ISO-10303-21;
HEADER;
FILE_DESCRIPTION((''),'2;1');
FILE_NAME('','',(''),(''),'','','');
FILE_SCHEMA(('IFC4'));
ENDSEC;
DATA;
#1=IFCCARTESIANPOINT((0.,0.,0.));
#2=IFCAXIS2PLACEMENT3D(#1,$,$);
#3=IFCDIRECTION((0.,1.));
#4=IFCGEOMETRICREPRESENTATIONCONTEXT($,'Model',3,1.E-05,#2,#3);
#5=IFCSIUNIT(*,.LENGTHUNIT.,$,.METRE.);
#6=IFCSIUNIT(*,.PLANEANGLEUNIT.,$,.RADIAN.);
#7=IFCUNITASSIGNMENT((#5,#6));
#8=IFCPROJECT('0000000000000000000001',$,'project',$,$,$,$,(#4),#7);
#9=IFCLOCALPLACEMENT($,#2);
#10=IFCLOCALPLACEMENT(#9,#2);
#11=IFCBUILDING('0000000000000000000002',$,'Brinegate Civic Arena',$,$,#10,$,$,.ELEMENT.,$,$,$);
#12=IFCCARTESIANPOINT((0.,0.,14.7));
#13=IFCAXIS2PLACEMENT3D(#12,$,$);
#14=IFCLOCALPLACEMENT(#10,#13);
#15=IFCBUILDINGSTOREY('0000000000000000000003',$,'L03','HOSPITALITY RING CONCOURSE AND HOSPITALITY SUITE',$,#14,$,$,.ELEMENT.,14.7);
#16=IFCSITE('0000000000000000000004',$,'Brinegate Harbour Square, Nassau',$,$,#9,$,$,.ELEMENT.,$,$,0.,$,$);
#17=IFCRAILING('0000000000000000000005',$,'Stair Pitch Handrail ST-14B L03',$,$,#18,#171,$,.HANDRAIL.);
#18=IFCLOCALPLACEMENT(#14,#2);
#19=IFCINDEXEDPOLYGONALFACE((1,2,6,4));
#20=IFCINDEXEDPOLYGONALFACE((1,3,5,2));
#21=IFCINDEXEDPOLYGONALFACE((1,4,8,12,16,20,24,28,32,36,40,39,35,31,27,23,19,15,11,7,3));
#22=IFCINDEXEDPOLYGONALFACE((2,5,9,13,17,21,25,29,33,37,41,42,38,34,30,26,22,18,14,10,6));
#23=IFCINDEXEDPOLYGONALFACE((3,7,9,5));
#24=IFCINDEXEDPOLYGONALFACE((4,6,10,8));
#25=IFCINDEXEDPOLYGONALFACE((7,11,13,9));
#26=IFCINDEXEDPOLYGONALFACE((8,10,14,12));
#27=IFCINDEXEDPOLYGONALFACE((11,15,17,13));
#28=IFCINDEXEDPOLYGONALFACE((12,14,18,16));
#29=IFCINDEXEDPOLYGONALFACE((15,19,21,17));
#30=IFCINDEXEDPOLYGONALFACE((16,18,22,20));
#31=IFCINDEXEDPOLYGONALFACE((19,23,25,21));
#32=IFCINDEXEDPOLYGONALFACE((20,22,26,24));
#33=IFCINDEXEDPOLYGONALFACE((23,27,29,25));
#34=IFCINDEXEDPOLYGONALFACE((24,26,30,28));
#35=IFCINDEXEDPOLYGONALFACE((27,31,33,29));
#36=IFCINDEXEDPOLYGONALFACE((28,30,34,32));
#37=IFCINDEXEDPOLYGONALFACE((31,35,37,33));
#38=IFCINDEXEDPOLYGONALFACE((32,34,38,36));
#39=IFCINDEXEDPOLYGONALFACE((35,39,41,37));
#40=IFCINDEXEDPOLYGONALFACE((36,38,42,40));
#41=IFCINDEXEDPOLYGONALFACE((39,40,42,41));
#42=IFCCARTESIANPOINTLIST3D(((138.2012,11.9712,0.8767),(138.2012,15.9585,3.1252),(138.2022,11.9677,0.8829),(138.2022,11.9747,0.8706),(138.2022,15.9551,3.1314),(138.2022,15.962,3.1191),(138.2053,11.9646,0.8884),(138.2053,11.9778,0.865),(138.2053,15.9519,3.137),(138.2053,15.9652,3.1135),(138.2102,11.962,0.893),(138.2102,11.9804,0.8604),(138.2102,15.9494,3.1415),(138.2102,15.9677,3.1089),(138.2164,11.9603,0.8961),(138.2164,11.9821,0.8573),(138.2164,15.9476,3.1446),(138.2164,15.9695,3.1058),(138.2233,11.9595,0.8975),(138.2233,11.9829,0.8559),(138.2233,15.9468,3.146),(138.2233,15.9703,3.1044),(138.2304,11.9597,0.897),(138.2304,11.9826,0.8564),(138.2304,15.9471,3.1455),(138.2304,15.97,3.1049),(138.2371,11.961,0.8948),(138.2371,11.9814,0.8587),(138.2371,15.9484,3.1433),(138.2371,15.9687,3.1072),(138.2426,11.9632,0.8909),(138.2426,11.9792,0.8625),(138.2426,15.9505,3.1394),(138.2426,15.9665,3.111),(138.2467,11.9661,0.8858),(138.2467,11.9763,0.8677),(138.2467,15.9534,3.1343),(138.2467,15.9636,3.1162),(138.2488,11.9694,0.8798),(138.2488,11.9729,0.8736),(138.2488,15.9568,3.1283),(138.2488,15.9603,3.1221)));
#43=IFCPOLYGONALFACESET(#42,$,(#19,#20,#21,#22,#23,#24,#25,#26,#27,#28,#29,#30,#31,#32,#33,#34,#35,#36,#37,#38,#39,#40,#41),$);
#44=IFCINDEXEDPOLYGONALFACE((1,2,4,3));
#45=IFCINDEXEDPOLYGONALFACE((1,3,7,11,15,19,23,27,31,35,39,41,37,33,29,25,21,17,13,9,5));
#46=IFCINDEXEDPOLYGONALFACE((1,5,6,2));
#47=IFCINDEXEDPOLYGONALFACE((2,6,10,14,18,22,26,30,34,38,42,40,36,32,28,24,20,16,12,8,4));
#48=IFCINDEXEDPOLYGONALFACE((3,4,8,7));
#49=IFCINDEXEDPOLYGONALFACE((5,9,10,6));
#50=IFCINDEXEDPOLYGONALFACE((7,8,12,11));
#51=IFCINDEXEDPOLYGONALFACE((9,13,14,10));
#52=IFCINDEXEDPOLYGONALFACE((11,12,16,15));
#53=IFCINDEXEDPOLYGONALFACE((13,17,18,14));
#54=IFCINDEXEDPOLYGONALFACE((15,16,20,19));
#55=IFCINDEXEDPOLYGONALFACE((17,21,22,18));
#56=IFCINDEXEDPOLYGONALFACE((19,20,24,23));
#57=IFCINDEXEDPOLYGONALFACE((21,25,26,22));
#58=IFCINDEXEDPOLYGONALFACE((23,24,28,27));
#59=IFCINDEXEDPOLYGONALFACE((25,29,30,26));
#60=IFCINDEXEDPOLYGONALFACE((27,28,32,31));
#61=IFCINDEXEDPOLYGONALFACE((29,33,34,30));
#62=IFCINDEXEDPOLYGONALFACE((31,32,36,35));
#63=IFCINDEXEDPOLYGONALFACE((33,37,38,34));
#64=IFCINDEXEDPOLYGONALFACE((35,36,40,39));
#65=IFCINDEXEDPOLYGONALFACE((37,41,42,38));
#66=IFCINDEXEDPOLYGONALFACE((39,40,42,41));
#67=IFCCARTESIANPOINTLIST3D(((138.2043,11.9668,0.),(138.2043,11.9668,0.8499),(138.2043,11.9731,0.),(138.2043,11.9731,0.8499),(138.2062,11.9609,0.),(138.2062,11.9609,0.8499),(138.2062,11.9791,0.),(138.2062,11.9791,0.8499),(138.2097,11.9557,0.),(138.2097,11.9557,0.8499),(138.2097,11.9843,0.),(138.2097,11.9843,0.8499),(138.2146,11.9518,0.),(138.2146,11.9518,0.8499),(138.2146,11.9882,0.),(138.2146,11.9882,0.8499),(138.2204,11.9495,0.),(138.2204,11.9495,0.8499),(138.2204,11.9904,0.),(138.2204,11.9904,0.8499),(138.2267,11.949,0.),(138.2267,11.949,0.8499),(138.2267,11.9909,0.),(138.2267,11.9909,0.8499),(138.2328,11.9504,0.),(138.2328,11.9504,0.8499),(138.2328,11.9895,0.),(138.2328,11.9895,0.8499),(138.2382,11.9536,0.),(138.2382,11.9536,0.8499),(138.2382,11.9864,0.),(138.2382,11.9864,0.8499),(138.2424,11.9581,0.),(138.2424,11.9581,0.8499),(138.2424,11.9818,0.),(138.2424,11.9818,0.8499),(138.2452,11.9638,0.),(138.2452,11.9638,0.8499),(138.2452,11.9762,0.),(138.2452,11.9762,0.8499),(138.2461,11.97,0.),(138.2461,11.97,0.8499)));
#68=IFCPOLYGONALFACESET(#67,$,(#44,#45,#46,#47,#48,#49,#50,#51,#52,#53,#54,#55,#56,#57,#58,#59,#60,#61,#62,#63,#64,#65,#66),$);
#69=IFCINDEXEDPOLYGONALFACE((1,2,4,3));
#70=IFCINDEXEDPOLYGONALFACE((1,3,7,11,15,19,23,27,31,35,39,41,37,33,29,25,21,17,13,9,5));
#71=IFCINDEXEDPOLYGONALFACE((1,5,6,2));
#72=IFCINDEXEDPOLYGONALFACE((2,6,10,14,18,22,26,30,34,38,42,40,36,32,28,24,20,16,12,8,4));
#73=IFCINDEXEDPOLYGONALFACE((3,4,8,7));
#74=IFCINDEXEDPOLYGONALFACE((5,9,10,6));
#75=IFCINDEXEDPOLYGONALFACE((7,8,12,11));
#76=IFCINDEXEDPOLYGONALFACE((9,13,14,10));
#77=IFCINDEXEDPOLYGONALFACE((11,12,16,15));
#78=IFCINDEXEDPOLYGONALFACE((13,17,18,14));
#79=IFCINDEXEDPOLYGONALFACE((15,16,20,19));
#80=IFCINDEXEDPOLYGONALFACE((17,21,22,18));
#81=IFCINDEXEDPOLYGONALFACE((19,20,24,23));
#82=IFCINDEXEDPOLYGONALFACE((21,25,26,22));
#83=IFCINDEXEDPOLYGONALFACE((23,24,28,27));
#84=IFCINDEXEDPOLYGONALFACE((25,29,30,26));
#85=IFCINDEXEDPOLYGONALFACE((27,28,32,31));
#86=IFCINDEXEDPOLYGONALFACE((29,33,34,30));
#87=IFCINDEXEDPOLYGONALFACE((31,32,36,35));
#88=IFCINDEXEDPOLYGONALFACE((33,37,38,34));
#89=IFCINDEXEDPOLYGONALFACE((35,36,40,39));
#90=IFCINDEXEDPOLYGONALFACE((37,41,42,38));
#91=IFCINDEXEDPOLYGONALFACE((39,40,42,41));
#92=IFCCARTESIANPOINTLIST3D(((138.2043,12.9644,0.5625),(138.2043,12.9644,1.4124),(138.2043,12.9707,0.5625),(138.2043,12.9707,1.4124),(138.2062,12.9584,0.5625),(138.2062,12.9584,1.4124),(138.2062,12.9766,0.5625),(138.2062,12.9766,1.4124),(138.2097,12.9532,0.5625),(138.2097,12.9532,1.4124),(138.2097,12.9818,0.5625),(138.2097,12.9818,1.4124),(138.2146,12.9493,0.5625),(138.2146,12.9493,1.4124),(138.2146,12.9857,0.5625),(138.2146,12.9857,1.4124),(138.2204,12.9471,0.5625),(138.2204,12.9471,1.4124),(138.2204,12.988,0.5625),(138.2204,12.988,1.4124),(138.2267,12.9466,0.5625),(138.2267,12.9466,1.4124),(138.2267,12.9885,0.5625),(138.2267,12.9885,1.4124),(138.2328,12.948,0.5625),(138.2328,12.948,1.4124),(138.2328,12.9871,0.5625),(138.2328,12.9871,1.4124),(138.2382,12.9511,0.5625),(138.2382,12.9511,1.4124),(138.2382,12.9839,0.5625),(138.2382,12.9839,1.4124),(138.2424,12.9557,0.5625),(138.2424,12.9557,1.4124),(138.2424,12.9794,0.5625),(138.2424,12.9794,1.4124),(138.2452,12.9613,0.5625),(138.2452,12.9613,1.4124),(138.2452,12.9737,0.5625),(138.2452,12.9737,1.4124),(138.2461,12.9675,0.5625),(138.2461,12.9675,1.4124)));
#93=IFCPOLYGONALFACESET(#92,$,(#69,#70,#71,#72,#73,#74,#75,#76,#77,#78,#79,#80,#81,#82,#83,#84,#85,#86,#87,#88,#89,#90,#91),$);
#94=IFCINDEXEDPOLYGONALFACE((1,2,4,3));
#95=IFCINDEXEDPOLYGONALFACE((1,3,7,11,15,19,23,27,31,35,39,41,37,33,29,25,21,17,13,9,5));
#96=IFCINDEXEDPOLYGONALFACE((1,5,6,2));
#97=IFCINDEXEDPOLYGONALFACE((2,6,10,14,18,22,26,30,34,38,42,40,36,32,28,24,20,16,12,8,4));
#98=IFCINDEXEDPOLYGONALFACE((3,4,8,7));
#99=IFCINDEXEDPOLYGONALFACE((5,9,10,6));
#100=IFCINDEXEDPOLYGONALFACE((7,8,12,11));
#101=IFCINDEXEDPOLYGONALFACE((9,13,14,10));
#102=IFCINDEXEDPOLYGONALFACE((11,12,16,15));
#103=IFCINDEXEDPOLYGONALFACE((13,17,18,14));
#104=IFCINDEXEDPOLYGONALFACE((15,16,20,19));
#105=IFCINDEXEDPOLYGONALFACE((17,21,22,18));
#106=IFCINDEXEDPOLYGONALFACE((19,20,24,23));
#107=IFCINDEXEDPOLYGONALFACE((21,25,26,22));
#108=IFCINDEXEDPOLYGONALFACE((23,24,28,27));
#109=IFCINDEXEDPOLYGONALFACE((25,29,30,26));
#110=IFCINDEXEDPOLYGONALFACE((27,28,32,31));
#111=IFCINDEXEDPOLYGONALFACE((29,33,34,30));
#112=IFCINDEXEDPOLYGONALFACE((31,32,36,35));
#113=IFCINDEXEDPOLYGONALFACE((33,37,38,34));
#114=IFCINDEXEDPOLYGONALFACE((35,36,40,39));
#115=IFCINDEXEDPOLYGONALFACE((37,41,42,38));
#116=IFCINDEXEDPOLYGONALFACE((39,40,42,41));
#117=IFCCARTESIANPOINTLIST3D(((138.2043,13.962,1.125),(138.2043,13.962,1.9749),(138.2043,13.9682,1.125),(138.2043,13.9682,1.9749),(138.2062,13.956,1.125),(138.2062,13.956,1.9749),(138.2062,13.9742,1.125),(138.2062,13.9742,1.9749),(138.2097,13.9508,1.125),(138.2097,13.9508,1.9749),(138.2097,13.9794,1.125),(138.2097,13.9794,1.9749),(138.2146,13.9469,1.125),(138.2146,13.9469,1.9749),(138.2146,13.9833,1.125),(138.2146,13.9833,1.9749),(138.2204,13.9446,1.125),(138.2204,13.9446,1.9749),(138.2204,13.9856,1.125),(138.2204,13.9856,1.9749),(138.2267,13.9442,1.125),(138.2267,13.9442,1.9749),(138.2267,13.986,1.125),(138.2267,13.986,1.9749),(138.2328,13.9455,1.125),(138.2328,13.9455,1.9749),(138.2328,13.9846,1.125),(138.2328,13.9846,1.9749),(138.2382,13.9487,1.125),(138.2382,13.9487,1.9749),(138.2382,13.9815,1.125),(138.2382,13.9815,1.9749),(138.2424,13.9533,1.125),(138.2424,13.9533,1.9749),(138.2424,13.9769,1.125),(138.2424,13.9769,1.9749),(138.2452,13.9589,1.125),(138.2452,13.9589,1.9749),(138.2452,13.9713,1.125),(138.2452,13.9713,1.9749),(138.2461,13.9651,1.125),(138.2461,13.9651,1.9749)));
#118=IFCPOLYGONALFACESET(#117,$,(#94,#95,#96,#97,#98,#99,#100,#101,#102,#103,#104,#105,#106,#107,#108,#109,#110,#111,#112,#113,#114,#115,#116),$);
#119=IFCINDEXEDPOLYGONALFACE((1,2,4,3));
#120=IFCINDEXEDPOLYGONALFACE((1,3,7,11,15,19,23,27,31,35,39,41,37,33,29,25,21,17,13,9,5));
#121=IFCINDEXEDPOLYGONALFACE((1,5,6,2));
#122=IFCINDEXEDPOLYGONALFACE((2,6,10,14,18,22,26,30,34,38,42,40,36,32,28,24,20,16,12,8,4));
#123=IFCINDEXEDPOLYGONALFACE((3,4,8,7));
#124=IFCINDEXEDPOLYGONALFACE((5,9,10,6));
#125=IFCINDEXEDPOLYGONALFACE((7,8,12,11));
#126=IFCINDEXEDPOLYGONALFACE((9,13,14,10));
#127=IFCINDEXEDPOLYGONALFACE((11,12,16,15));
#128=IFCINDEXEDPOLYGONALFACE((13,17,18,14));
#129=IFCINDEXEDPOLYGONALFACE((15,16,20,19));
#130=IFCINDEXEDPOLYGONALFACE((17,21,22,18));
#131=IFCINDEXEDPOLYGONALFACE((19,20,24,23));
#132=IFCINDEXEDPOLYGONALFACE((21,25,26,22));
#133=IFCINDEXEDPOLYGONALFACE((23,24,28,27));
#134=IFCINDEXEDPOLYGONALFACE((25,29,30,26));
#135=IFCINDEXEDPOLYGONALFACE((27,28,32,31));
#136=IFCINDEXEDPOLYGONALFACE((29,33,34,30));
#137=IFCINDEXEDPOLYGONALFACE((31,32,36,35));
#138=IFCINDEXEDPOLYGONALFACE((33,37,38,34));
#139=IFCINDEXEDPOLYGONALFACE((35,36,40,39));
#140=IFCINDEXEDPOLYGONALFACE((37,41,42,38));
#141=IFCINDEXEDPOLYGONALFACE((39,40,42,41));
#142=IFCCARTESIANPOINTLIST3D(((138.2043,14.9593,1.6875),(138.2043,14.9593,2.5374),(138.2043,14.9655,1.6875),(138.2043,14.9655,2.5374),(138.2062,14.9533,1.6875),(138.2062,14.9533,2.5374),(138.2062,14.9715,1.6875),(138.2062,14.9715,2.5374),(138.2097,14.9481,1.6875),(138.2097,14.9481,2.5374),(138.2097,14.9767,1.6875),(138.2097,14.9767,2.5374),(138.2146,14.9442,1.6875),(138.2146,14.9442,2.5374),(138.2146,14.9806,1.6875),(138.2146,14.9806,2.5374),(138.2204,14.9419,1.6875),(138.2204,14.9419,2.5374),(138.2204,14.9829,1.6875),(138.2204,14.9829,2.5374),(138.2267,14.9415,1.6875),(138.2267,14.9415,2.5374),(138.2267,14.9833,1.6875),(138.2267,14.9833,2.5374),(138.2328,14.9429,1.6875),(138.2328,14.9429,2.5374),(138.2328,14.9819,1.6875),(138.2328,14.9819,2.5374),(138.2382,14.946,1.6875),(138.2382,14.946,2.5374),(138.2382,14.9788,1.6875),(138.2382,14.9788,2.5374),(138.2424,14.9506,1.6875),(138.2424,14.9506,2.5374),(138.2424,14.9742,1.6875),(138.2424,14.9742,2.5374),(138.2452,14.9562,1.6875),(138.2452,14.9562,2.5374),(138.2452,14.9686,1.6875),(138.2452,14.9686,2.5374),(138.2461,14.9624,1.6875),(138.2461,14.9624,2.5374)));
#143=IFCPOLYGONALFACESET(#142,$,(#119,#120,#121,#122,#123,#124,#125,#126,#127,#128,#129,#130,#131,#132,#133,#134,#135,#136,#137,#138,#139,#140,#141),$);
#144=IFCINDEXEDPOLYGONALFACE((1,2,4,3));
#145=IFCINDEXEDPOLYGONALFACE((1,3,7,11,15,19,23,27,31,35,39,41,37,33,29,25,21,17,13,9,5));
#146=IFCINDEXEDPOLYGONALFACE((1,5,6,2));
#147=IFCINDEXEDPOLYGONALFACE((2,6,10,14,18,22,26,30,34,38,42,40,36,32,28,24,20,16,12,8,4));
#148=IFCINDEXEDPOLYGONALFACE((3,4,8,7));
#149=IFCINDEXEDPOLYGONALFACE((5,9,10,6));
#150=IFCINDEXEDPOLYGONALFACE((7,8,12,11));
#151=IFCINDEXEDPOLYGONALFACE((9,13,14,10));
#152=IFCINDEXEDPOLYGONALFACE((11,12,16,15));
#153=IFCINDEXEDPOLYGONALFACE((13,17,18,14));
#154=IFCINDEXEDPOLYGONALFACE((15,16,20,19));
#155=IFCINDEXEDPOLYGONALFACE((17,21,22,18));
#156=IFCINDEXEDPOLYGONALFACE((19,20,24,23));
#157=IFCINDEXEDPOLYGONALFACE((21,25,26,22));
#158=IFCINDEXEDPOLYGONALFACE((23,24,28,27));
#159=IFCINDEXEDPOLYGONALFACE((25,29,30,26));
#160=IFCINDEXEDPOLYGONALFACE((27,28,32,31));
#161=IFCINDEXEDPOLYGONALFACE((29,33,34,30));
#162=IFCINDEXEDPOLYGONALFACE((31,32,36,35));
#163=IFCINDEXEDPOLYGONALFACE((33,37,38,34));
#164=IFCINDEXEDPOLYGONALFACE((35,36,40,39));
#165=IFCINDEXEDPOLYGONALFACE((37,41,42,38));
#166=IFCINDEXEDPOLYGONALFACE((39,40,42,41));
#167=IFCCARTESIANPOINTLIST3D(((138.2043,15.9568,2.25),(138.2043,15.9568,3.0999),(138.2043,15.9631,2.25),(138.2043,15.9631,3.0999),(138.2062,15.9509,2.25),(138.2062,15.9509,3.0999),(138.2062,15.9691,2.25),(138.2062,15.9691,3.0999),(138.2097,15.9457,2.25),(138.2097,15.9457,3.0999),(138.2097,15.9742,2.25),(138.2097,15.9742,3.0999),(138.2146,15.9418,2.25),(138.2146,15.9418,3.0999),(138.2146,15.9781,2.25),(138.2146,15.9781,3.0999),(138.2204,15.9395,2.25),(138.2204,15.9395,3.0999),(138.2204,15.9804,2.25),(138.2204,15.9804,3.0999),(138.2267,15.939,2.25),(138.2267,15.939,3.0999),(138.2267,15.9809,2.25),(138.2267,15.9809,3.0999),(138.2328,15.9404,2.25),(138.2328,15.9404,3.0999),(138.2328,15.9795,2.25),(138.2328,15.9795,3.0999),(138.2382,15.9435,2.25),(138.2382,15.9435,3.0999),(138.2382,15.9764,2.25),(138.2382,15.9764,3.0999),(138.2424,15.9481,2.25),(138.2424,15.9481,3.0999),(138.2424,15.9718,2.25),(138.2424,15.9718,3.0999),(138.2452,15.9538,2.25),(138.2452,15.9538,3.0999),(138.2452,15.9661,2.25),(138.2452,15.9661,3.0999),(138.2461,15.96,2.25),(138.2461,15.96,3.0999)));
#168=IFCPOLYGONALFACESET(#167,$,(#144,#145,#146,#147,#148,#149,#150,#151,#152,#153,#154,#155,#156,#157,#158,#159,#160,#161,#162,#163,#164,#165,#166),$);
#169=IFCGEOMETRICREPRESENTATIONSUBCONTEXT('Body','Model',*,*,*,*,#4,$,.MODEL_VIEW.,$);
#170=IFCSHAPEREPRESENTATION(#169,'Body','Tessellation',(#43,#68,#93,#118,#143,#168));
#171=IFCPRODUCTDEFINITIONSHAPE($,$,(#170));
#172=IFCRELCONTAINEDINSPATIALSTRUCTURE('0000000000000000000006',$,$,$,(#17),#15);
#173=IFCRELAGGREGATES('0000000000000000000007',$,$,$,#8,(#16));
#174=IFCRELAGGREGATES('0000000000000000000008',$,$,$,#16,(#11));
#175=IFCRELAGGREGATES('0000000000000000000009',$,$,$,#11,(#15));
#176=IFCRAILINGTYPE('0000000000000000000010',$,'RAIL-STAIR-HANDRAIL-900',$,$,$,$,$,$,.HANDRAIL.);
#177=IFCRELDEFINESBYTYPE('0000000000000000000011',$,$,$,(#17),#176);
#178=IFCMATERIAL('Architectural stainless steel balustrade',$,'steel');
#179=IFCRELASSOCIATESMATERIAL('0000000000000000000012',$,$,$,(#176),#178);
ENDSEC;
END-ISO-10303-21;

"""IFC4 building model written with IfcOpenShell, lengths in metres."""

from ifc_helpers import new_model, si_unit, direction, frame, origin, origin_2d, place, context, subcontext, project, spatial, circle, extrude, material, type_object, element, save


model = new_model("IFC4")

# Units and contexts
model_context = context("Model", 3, precision=1e-05, world=origin(), true_north=direction((0.0, 1.0)))
body_context = subcontext(model_context, "Body", "Model", "MODEL_VIEW")
ifc_project = project(units=[si_unit("LENGTHUNIT", "METRE"), si_unit("PLANEANGLEUNIT", "RADIAN")], contexts=[model_context])

# Site, building, storey
site_placement = place(None, origin())
site = spatial("IfcSite", under=ifc_project, at=site_placement, Name="Brinegate Harbour Square, Nassau", CompositionType="ELEMENT", RefElevation=0.0)
building_placement = place(site_placement, origin())
building = spatial("IfcBuilding", under=site, at=building_placement, Name="Brinegate Civic Arena", CompositionType="ELEMENT")
storey_placement = place(building_placement, frame((0.0, 0.0, 14.7)))
storey = spatial("IfcBuildingStorey", under=building, at=storey_placement, Name="L03", Description="HOSPITALITY RING CONCOURSE AND HOSPITALITY SUITE", CompositionType="ELEMENT", Elevation=14.7)

# Railing
ifc_material_1 = material(Name="Architectural stainless steel balustrade", Category="steel")
railing_type_1 = type_object("IfcRailingType", Name="RAIL-STAIR-HANDRAIL-900", PredefinedType="HANDRAIL", material=ifc_material_1)
for number, where, name in (
    (1, (138.2251, 11.97, 0.0), "Stair Pitch Handrail ST-14B L03"),
):
    element("IfcRailing", number, at=place(storey_placement, frame(where)), inside=storey, type_object=railing_type_1, Name=name, PredefinedType="HANDRAIL", context=body_context, shape_type="SweptSolid", body=[
        extrude(circle(Radius=0.0239, at=origin_2d()), frame((0.0, 0.0012, 0.8767), z_axis=(0.0, 0.87105, 0.491195), x_axis=(-1.0, 0.0, 0.0)), (0.0, 0.0, 1.0), 4.5776),
        extrude(circle(Radius=0.021, at=origin_2d()), origin(), (0.0, 0.0, 1.0), 0.8499),
        extrude(circle(Radius=0.021, at=origin_2d()), frame((0.0, 0.9976, 0.5625)), (0.0, 0.0, 1.0), 0.8499),
        extrude(circle(Radius=0.021, at=origin_2d()), frame((0.0, 1.9951, 1.125)), (0.0, 0.0, 1.0), 0.8499),
        extrude(circle(Radius=0.021, at=origin_2d()), frame((0.0, 2.9924, 1.6875)), (0.0, 0.0, 1.0), 0.8499),
        extrude(circle(Radius=0.021, at=origin_2d()), frame((0.0, 3.99, 2.25)), (0.0, 0.0, 1.0), 0.8499),
    ])

save(model, "model.ifc")
